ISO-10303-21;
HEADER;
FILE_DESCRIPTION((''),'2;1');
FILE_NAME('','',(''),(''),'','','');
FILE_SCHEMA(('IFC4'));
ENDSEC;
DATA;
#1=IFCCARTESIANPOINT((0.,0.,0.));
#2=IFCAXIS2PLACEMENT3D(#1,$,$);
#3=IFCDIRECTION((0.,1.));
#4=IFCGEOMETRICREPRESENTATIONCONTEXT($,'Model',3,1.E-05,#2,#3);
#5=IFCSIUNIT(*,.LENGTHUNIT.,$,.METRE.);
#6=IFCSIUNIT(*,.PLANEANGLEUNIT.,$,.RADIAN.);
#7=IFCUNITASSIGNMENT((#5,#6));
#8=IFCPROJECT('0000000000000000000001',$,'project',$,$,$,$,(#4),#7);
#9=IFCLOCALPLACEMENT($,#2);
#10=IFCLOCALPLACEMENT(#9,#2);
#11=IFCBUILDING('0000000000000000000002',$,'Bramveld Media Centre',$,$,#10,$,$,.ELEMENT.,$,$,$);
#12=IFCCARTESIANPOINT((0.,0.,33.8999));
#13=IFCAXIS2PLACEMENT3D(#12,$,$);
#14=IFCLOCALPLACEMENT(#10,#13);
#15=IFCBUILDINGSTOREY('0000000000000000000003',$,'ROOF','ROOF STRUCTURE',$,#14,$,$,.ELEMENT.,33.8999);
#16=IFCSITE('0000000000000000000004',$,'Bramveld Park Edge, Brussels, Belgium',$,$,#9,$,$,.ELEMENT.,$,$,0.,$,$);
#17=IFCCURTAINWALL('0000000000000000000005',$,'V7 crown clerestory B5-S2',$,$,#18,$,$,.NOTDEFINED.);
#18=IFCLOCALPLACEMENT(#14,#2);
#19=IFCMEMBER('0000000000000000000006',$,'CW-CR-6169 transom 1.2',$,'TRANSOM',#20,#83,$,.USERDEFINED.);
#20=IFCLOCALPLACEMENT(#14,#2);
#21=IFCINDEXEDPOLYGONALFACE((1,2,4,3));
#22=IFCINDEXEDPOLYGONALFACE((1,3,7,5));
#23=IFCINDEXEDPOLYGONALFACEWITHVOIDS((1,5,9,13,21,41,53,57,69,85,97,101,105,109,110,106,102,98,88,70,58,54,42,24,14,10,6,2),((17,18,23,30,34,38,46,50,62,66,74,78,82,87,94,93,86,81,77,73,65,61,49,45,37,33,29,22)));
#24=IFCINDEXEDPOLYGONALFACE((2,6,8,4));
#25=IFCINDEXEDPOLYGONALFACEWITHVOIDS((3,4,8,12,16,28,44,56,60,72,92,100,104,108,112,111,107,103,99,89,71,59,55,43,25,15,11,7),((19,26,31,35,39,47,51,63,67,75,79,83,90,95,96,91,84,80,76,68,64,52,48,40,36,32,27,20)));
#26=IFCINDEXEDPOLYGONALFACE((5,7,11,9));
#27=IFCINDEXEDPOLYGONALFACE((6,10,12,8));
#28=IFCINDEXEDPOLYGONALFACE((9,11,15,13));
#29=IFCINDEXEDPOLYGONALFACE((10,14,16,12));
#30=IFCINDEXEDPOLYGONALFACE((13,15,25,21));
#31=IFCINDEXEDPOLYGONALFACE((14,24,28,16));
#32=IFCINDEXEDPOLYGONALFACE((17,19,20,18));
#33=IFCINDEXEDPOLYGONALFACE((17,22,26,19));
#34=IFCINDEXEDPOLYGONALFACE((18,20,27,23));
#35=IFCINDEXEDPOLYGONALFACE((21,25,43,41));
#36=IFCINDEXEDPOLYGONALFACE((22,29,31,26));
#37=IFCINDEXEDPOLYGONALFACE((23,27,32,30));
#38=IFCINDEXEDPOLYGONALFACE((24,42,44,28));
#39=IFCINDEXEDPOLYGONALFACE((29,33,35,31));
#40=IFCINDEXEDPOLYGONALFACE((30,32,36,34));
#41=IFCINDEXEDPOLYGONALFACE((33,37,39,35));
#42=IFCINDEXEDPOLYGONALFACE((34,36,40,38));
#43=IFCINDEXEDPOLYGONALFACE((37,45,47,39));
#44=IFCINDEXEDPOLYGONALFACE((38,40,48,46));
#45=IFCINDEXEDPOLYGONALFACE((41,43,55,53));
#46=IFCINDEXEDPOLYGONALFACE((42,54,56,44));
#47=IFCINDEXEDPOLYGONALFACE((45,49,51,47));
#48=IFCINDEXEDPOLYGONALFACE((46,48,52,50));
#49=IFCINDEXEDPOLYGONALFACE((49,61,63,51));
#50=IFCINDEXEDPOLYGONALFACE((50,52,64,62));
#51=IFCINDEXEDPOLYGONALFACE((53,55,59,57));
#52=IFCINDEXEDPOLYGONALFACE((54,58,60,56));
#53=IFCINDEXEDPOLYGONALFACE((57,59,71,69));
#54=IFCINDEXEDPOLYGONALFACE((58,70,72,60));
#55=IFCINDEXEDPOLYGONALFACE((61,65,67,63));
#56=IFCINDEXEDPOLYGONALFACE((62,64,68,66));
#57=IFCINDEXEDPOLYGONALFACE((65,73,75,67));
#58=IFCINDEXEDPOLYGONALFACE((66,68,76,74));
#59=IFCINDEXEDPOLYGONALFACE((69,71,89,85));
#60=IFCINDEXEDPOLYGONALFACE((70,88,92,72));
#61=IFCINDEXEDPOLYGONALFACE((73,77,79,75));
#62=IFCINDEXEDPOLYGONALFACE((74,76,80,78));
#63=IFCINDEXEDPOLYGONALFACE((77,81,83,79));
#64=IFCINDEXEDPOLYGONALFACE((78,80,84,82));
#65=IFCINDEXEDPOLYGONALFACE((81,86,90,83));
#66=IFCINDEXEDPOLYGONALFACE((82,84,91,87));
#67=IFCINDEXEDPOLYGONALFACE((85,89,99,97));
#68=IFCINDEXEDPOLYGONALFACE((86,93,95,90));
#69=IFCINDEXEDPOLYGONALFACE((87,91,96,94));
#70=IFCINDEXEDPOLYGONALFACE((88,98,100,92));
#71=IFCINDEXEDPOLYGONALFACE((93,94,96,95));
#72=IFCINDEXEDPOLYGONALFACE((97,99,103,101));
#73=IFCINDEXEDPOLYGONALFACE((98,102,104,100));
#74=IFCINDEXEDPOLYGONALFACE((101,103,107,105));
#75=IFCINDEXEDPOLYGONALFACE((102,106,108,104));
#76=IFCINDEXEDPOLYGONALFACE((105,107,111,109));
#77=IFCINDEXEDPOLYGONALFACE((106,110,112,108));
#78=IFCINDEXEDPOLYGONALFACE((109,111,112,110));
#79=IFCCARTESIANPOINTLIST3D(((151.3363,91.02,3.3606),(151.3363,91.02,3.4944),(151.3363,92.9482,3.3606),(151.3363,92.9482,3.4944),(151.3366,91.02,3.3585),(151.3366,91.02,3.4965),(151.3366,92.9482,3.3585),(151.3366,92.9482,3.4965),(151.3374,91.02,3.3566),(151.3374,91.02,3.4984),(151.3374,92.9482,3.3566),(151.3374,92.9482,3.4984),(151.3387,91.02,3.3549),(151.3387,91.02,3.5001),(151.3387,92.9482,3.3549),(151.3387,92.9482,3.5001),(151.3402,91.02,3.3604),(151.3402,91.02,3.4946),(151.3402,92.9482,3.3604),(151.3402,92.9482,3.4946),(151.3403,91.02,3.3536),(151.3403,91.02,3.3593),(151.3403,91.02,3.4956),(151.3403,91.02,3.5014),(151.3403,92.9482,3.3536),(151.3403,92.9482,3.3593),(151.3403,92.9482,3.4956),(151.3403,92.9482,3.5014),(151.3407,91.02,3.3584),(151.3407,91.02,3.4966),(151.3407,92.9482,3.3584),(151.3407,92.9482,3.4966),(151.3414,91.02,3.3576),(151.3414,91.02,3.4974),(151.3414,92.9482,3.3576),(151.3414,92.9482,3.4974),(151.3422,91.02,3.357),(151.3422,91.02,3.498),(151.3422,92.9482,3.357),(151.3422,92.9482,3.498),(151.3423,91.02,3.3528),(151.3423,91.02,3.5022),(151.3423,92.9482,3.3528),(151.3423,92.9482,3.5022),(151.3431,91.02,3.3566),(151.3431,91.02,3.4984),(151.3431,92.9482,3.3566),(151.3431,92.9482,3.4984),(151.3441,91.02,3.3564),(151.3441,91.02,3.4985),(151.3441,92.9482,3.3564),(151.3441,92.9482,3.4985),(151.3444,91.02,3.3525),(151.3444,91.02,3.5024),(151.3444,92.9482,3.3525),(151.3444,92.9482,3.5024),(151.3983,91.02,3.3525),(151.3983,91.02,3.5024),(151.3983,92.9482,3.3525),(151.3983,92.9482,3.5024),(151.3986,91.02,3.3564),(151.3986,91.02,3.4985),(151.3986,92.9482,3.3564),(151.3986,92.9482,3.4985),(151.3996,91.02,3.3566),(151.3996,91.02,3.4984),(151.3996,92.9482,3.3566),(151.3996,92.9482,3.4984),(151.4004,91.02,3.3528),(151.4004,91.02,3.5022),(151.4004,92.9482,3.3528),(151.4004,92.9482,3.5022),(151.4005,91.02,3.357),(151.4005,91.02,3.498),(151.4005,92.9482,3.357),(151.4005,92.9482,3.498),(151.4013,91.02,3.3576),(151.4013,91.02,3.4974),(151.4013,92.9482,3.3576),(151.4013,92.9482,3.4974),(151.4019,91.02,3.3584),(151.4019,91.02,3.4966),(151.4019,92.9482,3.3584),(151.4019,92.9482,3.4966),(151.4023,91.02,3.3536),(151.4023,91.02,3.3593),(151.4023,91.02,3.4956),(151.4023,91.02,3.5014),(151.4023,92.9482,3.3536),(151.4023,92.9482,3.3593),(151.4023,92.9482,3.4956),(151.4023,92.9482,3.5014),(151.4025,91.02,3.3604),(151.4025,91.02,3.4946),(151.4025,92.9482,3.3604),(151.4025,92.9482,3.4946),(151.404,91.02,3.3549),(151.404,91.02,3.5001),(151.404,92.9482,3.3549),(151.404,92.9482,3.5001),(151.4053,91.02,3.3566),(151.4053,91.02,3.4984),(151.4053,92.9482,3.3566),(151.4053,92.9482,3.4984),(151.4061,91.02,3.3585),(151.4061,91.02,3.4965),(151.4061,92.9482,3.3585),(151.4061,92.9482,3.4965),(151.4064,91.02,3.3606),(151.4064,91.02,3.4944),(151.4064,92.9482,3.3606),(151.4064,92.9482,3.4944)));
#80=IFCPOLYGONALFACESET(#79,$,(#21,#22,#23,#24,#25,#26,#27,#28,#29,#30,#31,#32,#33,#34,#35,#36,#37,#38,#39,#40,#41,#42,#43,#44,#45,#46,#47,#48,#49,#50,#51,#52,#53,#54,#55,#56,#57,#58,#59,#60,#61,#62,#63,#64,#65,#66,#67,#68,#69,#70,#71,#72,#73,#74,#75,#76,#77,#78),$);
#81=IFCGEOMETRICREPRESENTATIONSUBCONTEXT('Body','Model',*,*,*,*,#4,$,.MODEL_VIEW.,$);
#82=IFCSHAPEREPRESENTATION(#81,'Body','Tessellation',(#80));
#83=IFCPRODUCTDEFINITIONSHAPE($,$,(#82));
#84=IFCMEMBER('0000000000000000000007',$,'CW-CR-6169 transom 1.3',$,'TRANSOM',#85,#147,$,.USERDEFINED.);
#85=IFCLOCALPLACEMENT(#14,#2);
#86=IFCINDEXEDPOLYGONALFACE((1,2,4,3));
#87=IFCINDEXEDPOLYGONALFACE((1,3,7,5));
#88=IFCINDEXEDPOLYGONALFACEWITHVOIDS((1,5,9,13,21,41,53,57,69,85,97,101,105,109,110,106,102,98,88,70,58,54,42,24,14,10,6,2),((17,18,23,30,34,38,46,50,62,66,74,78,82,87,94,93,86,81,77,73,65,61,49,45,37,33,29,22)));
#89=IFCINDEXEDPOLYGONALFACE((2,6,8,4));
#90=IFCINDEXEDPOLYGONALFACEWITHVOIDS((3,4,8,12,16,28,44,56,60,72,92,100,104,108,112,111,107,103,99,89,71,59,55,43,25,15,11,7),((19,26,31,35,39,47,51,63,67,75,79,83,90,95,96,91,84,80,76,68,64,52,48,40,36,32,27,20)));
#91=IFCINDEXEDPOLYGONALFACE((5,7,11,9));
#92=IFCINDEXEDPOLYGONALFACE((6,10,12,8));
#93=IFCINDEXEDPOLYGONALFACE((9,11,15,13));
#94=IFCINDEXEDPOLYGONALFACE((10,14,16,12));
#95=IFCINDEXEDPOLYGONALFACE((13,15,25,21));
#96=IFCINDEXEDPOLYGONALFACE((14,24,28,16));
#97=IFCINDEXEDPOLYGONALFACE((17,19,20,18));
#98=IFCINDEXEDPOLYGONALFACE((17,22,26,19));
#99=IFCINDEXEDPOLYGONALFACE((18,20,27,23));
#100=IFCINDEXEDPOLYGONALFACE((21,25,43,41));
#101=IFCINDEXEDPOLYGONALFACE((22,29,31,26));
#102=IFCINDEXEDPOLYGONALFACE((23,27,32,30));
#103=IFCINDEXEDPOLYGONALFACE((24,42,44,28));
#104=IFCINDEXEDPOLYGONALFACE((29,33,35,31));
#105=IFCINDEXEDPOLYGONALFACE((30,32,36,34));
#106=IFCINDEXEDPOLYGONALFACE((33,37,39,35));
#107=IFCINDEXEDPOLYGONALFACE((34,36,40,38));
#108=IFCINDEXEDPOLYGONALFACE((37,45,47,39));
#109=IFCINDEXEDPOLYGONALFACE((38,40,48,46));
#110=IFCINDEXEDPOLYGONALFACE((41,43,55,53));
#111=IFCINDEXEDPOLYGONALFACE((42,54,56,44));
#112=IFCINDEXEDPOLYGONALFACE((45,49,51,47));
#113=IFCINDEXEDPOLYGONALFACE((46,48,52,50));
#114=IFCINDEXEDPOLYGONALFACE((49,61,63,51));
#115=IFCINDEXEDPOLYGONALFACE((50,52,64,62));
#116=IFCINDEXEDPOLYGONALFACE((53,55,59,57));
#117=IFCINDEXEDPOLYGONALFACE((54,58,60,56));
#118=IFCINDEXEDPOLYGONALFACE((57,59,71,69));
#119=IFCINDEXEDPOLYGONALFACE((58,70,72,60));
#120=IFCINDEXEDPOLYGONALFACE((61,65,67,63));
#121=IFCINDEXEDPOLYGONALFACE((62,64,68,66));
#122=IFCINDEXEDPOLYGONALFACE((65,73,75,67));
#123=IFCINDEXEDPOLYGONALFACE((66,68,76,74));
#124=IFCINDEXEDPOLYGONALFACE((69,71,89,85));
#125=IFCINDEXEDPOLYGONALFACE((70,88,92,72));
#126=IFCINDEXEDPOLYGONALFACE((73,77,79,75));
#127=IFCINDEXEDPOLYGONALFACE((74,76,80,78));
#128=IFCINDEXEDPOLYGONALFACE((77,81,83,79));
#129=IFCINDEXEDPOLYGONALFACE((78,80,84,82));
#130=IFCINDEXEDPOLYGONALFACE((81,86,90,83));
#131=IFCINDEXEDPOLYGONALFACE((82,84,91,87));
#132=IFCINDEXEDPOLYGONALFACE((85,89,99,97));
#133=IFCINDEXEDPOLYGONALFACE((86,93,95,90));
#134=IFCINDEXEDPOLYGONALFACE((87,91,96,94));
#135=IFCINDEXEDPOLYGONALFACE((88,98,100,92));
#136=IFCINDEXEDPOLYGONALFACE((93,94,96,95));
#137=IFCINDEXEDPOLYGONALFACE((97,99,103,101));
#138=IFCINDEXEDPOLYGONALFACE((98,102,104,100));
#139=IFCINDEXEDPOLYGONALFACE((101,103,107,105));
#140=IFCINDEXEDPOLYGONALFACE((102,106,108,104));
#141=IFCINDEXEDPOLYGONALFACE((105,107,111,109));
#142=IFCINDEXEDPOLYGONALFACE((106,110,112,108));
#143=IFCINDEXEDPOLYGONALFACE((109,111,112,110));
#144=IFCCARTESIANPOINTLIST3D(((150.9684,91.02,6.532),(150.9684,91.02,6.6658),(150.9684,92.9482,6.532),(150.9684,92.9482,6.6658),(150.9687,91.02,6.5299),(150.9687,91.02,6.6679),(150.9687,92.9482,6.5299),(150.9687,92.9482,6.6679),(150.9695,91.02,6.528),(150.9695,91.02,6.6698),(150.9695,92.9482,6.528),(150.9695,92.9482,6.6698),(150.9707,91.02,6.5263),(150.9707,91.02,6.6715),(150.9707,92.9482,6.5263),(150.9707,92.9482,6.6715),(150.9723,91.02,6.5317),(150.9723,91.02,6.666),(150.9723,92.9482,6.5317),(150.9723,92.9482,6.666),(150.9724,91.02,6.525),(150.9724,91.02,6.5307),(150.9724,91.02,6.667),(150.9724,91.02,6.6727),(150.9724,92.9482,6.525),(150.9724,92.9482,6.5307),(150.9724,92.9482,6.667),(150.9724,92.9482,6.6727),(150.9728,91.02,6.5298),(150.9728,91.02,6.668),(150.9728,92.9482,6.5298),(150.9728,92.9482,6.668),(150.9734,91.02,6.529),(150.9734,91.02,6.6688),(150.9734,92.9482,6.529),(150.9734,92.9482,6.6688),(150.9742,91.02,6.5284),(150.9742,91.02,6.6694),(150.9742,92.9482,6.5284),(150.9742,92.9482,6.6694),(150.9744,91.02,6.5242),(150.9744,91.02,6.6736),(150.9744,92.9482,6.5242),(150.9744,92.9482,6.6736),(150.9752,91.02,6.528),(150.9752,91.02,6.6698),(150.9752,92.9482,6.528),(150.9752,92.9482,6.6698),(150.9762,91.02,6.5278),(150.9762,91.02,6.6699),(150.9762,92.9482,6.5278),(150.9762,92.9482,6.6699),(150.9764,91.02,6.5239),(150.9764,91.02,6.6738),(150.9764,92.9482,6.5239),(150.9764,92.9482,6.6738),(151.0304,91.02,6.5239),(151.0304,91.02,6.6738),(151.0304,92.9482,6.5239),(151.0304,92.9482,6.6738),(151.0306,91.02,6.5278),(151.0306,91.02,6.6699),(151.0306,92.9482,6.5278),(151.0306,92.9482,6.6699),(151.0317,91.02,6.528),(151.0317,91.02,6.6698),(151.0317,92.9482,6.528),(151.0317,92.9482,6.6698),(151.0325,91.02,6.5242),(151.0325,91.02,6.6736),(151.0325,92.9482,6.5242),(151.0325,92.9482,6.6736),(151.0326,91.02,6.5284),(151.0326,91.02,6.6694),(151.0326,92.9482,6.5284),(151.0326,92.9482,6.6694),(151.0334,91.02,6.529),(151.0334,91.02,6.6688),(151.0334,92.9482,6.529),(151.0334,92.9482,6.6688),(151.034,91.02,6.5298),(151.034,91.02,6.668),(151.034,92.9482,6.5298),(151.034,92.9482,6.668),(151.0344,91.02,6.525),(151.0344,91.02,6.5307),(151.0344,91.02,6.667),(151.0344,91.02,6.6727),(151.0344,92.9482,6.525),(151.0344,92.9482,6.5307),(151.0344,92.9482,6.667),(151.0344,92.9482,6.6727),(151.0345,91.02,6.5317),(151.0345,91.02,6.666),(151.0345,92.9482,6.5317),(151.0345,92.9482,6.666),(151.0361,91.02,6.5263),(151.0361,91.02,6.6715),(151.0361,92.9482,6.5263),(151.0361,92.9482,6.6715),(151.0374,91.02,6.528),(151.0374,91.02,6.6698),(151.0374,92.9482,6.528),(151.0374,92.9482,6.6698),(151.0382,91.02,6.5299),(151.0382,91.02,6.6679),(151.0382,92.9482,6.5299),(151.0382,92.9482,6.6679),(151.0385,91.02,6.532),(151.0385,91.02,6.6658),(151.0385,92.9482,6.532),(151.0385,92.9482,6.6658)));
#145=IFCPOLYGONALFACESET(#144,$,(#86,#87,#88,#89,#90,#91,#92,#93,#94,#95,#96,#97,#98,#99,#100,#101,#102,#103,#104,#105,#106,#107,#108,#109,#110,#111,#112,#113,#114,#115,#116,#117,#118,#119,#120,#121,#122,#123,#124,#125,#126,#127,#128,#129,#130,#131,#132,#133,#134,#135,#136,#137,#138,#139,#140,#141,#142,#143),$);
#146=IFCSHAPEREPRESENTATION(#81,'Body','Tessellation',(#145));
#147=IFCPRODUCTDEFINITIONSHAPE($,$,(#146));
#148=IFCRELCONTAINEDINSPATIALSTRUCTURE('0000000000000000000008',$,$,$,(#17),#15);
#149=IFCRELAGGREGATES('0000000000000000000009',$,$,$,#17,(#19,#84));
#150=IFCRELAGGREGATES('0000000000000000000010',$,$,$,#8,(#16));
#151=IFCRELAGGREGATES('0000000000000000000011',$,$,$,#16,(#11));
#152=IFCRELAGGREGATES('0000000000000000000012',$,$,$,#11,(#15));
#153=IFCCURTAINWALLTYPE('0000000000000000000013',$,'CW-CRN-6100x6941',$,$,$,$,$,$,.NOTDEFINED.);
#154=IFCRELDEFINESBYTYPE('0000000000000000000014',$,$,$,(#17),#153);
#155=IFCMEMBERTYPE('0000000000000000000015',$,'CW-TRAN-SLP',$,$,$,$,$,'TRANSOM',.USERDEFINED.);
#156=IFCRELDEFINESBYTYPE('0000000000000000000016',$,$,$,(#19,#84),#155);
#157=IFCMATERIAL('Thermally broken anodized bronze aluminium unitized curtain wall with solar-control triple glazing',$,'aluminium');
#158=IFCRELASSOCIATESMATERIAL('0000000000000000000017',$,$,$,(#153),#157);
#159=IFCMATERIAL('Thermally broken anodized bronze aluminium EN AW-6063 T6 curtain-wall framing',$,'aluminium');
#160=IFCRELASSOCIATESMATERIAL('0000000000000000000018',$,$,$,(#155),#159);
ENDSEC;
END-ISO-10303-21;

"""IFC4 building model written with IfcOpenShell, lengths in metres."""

from ifc_helpers import new_model, si_unit, direction, frame, origin, origin_2d, place, context, subcontext, project, spatial, hollow_rectangle, extrude, material, material_profile, profile_set, type_object, element, aggregate, save


model = new_model("IFC4")

# Units and contexts
model_context = context("Model", 3, precision=1e-05, world=origin(), true_north=direction((0.0, 1.0)))
body_context = subcontext(model_context, "Body", "Model", "MODEL_VIEW")
ifc_project = project(units=[si_unit("LENGTHUNIT", "METRE"), si_unit("PLANEANGLEUNIT", "RADIAN")], contexts=[model_context])

# Site, building, storey
site_placement = place(None, origin())
site = spatial("IfcSite", under=ifc_project, at=site_placement, Name="Bramveld Park Edge, Brussels, Belgium", CompositionType="ELEMENT", RefElevation=0.0)
building_placement = place(site_placement, origin())
building = spatial("IfcBuilding", under=site, at=building_placement, Name="Bramveld Media Centre", CompositionType="ELEMENT")
storey_placement = place(building_placement, frame((0.0, 0.0, 33.8999)))
storey = spatial("IfcBuildingStorey", under=building, at=storey_placement, Name="ROOF", Description="ROOF STRUCTURE", CompositionType="ELEMENT", Elevation=33.8999)

# Shared definitions
ifc_material_1 = material(Name="Thermally broken anodized bronze aluminium unitized curtain wall with solar-control triple glazing", Category="aluminium")
curtain_wall_type = type_object("IfcCurtainWallType", Name="CW-CRN-6100x6941", PredefinedType="NOTDEFINED", material=ifc_material_1)

# Curtain wall
curtain_wall_1_placement = place(storey_placement, origin())
curtain_wall_1 = element("IfcCurtainWall", 1, at=curtain_wall_1_placement, inside=storey, type_object=curtain_wall_type, Name="V7 crown clerestory B5-S2", PredefinedType="NOTDEFINED")

# Members
ifc_material_2 = material(Name="Thermally broken anodized bronze aluminium EN AW-6063 T6 curtain-wall framing", Category="aluminium")
ifc_material_profile_1 = material_profile(ifc_material_2, hollow_rectangle(XDim=0.0701, YDim=0.1499, WallThickness=0.0039, InnerFilletRadius=0.0039, OuterFilletRadius=0.0081, at=origin_2d()), Name="AL-TRAN 70x150")
ifc_profile_set_1 = profile_set([ifc_material_profile_1], Name="Thermally broken anodized bronze aluminium EN AW-6063 T6 curtain-wall framing")
member_type_1 = type_object("IfcMemberType", Name="CW-TRAN-SLP", ElementType="TRANSOM", PredefinedType="USERDEFINED", material=ifc_profile_set_1)
member_1_placement = place(storey_placement, frame((151.3713, 91.02, 3.4275), z_axis=(0.0, 1.0, 0.0), x_axis=(-1.0, 0.0, 0.0)))
member_1 = element("IfcMember", 2, at=member_1_placement, type_object=member_type_1, Name="CW-CR-6169 transom 1.2", ObjectType="TRANSOM", PredefinedType="USERDEFINED", context=body_context, shape_type="SweptSolid", body=[
    extrude(hollow_rectangle(XDim=0.0701, YDim=0.1499, WallThickness=0.0039, InnerFilletRadius=0.0039, OuterFilletRadius=0.0081, at=origin_2d()), origin(), (0.0, 0.0, 1.0), 1.9282),
])
member_2_placement = place(storey_placement, frame((151.0034, 91.02, 6.5989), z_axis=(0.0, 1.0, 0.0), x_axis=(-1.0, 0.0, 0.0)))
member_2 = element("IfcMember", 3, at=member_2_placement, type_object=member_type_1, Name="CW-CR-6169 transom 1.3", ObjectType="TRANSOM", PredefinedType="USERDEFINED", context=body_context, shape_type="SweptSolid", body=[
    extrude(hollow_rectangle(XDim=0.0701, YDim=0.1499, WallThickness=0.0039, InnerFilletRadius=0.0039, OuterFilletRadius=0.0081, at=origin_2d()), origin(), (0.0, 0.0, 1.0), 1.9282),
])

aggregate(curtain_wall_1, [member_1, member_2])

save(model, "model.ifc")
